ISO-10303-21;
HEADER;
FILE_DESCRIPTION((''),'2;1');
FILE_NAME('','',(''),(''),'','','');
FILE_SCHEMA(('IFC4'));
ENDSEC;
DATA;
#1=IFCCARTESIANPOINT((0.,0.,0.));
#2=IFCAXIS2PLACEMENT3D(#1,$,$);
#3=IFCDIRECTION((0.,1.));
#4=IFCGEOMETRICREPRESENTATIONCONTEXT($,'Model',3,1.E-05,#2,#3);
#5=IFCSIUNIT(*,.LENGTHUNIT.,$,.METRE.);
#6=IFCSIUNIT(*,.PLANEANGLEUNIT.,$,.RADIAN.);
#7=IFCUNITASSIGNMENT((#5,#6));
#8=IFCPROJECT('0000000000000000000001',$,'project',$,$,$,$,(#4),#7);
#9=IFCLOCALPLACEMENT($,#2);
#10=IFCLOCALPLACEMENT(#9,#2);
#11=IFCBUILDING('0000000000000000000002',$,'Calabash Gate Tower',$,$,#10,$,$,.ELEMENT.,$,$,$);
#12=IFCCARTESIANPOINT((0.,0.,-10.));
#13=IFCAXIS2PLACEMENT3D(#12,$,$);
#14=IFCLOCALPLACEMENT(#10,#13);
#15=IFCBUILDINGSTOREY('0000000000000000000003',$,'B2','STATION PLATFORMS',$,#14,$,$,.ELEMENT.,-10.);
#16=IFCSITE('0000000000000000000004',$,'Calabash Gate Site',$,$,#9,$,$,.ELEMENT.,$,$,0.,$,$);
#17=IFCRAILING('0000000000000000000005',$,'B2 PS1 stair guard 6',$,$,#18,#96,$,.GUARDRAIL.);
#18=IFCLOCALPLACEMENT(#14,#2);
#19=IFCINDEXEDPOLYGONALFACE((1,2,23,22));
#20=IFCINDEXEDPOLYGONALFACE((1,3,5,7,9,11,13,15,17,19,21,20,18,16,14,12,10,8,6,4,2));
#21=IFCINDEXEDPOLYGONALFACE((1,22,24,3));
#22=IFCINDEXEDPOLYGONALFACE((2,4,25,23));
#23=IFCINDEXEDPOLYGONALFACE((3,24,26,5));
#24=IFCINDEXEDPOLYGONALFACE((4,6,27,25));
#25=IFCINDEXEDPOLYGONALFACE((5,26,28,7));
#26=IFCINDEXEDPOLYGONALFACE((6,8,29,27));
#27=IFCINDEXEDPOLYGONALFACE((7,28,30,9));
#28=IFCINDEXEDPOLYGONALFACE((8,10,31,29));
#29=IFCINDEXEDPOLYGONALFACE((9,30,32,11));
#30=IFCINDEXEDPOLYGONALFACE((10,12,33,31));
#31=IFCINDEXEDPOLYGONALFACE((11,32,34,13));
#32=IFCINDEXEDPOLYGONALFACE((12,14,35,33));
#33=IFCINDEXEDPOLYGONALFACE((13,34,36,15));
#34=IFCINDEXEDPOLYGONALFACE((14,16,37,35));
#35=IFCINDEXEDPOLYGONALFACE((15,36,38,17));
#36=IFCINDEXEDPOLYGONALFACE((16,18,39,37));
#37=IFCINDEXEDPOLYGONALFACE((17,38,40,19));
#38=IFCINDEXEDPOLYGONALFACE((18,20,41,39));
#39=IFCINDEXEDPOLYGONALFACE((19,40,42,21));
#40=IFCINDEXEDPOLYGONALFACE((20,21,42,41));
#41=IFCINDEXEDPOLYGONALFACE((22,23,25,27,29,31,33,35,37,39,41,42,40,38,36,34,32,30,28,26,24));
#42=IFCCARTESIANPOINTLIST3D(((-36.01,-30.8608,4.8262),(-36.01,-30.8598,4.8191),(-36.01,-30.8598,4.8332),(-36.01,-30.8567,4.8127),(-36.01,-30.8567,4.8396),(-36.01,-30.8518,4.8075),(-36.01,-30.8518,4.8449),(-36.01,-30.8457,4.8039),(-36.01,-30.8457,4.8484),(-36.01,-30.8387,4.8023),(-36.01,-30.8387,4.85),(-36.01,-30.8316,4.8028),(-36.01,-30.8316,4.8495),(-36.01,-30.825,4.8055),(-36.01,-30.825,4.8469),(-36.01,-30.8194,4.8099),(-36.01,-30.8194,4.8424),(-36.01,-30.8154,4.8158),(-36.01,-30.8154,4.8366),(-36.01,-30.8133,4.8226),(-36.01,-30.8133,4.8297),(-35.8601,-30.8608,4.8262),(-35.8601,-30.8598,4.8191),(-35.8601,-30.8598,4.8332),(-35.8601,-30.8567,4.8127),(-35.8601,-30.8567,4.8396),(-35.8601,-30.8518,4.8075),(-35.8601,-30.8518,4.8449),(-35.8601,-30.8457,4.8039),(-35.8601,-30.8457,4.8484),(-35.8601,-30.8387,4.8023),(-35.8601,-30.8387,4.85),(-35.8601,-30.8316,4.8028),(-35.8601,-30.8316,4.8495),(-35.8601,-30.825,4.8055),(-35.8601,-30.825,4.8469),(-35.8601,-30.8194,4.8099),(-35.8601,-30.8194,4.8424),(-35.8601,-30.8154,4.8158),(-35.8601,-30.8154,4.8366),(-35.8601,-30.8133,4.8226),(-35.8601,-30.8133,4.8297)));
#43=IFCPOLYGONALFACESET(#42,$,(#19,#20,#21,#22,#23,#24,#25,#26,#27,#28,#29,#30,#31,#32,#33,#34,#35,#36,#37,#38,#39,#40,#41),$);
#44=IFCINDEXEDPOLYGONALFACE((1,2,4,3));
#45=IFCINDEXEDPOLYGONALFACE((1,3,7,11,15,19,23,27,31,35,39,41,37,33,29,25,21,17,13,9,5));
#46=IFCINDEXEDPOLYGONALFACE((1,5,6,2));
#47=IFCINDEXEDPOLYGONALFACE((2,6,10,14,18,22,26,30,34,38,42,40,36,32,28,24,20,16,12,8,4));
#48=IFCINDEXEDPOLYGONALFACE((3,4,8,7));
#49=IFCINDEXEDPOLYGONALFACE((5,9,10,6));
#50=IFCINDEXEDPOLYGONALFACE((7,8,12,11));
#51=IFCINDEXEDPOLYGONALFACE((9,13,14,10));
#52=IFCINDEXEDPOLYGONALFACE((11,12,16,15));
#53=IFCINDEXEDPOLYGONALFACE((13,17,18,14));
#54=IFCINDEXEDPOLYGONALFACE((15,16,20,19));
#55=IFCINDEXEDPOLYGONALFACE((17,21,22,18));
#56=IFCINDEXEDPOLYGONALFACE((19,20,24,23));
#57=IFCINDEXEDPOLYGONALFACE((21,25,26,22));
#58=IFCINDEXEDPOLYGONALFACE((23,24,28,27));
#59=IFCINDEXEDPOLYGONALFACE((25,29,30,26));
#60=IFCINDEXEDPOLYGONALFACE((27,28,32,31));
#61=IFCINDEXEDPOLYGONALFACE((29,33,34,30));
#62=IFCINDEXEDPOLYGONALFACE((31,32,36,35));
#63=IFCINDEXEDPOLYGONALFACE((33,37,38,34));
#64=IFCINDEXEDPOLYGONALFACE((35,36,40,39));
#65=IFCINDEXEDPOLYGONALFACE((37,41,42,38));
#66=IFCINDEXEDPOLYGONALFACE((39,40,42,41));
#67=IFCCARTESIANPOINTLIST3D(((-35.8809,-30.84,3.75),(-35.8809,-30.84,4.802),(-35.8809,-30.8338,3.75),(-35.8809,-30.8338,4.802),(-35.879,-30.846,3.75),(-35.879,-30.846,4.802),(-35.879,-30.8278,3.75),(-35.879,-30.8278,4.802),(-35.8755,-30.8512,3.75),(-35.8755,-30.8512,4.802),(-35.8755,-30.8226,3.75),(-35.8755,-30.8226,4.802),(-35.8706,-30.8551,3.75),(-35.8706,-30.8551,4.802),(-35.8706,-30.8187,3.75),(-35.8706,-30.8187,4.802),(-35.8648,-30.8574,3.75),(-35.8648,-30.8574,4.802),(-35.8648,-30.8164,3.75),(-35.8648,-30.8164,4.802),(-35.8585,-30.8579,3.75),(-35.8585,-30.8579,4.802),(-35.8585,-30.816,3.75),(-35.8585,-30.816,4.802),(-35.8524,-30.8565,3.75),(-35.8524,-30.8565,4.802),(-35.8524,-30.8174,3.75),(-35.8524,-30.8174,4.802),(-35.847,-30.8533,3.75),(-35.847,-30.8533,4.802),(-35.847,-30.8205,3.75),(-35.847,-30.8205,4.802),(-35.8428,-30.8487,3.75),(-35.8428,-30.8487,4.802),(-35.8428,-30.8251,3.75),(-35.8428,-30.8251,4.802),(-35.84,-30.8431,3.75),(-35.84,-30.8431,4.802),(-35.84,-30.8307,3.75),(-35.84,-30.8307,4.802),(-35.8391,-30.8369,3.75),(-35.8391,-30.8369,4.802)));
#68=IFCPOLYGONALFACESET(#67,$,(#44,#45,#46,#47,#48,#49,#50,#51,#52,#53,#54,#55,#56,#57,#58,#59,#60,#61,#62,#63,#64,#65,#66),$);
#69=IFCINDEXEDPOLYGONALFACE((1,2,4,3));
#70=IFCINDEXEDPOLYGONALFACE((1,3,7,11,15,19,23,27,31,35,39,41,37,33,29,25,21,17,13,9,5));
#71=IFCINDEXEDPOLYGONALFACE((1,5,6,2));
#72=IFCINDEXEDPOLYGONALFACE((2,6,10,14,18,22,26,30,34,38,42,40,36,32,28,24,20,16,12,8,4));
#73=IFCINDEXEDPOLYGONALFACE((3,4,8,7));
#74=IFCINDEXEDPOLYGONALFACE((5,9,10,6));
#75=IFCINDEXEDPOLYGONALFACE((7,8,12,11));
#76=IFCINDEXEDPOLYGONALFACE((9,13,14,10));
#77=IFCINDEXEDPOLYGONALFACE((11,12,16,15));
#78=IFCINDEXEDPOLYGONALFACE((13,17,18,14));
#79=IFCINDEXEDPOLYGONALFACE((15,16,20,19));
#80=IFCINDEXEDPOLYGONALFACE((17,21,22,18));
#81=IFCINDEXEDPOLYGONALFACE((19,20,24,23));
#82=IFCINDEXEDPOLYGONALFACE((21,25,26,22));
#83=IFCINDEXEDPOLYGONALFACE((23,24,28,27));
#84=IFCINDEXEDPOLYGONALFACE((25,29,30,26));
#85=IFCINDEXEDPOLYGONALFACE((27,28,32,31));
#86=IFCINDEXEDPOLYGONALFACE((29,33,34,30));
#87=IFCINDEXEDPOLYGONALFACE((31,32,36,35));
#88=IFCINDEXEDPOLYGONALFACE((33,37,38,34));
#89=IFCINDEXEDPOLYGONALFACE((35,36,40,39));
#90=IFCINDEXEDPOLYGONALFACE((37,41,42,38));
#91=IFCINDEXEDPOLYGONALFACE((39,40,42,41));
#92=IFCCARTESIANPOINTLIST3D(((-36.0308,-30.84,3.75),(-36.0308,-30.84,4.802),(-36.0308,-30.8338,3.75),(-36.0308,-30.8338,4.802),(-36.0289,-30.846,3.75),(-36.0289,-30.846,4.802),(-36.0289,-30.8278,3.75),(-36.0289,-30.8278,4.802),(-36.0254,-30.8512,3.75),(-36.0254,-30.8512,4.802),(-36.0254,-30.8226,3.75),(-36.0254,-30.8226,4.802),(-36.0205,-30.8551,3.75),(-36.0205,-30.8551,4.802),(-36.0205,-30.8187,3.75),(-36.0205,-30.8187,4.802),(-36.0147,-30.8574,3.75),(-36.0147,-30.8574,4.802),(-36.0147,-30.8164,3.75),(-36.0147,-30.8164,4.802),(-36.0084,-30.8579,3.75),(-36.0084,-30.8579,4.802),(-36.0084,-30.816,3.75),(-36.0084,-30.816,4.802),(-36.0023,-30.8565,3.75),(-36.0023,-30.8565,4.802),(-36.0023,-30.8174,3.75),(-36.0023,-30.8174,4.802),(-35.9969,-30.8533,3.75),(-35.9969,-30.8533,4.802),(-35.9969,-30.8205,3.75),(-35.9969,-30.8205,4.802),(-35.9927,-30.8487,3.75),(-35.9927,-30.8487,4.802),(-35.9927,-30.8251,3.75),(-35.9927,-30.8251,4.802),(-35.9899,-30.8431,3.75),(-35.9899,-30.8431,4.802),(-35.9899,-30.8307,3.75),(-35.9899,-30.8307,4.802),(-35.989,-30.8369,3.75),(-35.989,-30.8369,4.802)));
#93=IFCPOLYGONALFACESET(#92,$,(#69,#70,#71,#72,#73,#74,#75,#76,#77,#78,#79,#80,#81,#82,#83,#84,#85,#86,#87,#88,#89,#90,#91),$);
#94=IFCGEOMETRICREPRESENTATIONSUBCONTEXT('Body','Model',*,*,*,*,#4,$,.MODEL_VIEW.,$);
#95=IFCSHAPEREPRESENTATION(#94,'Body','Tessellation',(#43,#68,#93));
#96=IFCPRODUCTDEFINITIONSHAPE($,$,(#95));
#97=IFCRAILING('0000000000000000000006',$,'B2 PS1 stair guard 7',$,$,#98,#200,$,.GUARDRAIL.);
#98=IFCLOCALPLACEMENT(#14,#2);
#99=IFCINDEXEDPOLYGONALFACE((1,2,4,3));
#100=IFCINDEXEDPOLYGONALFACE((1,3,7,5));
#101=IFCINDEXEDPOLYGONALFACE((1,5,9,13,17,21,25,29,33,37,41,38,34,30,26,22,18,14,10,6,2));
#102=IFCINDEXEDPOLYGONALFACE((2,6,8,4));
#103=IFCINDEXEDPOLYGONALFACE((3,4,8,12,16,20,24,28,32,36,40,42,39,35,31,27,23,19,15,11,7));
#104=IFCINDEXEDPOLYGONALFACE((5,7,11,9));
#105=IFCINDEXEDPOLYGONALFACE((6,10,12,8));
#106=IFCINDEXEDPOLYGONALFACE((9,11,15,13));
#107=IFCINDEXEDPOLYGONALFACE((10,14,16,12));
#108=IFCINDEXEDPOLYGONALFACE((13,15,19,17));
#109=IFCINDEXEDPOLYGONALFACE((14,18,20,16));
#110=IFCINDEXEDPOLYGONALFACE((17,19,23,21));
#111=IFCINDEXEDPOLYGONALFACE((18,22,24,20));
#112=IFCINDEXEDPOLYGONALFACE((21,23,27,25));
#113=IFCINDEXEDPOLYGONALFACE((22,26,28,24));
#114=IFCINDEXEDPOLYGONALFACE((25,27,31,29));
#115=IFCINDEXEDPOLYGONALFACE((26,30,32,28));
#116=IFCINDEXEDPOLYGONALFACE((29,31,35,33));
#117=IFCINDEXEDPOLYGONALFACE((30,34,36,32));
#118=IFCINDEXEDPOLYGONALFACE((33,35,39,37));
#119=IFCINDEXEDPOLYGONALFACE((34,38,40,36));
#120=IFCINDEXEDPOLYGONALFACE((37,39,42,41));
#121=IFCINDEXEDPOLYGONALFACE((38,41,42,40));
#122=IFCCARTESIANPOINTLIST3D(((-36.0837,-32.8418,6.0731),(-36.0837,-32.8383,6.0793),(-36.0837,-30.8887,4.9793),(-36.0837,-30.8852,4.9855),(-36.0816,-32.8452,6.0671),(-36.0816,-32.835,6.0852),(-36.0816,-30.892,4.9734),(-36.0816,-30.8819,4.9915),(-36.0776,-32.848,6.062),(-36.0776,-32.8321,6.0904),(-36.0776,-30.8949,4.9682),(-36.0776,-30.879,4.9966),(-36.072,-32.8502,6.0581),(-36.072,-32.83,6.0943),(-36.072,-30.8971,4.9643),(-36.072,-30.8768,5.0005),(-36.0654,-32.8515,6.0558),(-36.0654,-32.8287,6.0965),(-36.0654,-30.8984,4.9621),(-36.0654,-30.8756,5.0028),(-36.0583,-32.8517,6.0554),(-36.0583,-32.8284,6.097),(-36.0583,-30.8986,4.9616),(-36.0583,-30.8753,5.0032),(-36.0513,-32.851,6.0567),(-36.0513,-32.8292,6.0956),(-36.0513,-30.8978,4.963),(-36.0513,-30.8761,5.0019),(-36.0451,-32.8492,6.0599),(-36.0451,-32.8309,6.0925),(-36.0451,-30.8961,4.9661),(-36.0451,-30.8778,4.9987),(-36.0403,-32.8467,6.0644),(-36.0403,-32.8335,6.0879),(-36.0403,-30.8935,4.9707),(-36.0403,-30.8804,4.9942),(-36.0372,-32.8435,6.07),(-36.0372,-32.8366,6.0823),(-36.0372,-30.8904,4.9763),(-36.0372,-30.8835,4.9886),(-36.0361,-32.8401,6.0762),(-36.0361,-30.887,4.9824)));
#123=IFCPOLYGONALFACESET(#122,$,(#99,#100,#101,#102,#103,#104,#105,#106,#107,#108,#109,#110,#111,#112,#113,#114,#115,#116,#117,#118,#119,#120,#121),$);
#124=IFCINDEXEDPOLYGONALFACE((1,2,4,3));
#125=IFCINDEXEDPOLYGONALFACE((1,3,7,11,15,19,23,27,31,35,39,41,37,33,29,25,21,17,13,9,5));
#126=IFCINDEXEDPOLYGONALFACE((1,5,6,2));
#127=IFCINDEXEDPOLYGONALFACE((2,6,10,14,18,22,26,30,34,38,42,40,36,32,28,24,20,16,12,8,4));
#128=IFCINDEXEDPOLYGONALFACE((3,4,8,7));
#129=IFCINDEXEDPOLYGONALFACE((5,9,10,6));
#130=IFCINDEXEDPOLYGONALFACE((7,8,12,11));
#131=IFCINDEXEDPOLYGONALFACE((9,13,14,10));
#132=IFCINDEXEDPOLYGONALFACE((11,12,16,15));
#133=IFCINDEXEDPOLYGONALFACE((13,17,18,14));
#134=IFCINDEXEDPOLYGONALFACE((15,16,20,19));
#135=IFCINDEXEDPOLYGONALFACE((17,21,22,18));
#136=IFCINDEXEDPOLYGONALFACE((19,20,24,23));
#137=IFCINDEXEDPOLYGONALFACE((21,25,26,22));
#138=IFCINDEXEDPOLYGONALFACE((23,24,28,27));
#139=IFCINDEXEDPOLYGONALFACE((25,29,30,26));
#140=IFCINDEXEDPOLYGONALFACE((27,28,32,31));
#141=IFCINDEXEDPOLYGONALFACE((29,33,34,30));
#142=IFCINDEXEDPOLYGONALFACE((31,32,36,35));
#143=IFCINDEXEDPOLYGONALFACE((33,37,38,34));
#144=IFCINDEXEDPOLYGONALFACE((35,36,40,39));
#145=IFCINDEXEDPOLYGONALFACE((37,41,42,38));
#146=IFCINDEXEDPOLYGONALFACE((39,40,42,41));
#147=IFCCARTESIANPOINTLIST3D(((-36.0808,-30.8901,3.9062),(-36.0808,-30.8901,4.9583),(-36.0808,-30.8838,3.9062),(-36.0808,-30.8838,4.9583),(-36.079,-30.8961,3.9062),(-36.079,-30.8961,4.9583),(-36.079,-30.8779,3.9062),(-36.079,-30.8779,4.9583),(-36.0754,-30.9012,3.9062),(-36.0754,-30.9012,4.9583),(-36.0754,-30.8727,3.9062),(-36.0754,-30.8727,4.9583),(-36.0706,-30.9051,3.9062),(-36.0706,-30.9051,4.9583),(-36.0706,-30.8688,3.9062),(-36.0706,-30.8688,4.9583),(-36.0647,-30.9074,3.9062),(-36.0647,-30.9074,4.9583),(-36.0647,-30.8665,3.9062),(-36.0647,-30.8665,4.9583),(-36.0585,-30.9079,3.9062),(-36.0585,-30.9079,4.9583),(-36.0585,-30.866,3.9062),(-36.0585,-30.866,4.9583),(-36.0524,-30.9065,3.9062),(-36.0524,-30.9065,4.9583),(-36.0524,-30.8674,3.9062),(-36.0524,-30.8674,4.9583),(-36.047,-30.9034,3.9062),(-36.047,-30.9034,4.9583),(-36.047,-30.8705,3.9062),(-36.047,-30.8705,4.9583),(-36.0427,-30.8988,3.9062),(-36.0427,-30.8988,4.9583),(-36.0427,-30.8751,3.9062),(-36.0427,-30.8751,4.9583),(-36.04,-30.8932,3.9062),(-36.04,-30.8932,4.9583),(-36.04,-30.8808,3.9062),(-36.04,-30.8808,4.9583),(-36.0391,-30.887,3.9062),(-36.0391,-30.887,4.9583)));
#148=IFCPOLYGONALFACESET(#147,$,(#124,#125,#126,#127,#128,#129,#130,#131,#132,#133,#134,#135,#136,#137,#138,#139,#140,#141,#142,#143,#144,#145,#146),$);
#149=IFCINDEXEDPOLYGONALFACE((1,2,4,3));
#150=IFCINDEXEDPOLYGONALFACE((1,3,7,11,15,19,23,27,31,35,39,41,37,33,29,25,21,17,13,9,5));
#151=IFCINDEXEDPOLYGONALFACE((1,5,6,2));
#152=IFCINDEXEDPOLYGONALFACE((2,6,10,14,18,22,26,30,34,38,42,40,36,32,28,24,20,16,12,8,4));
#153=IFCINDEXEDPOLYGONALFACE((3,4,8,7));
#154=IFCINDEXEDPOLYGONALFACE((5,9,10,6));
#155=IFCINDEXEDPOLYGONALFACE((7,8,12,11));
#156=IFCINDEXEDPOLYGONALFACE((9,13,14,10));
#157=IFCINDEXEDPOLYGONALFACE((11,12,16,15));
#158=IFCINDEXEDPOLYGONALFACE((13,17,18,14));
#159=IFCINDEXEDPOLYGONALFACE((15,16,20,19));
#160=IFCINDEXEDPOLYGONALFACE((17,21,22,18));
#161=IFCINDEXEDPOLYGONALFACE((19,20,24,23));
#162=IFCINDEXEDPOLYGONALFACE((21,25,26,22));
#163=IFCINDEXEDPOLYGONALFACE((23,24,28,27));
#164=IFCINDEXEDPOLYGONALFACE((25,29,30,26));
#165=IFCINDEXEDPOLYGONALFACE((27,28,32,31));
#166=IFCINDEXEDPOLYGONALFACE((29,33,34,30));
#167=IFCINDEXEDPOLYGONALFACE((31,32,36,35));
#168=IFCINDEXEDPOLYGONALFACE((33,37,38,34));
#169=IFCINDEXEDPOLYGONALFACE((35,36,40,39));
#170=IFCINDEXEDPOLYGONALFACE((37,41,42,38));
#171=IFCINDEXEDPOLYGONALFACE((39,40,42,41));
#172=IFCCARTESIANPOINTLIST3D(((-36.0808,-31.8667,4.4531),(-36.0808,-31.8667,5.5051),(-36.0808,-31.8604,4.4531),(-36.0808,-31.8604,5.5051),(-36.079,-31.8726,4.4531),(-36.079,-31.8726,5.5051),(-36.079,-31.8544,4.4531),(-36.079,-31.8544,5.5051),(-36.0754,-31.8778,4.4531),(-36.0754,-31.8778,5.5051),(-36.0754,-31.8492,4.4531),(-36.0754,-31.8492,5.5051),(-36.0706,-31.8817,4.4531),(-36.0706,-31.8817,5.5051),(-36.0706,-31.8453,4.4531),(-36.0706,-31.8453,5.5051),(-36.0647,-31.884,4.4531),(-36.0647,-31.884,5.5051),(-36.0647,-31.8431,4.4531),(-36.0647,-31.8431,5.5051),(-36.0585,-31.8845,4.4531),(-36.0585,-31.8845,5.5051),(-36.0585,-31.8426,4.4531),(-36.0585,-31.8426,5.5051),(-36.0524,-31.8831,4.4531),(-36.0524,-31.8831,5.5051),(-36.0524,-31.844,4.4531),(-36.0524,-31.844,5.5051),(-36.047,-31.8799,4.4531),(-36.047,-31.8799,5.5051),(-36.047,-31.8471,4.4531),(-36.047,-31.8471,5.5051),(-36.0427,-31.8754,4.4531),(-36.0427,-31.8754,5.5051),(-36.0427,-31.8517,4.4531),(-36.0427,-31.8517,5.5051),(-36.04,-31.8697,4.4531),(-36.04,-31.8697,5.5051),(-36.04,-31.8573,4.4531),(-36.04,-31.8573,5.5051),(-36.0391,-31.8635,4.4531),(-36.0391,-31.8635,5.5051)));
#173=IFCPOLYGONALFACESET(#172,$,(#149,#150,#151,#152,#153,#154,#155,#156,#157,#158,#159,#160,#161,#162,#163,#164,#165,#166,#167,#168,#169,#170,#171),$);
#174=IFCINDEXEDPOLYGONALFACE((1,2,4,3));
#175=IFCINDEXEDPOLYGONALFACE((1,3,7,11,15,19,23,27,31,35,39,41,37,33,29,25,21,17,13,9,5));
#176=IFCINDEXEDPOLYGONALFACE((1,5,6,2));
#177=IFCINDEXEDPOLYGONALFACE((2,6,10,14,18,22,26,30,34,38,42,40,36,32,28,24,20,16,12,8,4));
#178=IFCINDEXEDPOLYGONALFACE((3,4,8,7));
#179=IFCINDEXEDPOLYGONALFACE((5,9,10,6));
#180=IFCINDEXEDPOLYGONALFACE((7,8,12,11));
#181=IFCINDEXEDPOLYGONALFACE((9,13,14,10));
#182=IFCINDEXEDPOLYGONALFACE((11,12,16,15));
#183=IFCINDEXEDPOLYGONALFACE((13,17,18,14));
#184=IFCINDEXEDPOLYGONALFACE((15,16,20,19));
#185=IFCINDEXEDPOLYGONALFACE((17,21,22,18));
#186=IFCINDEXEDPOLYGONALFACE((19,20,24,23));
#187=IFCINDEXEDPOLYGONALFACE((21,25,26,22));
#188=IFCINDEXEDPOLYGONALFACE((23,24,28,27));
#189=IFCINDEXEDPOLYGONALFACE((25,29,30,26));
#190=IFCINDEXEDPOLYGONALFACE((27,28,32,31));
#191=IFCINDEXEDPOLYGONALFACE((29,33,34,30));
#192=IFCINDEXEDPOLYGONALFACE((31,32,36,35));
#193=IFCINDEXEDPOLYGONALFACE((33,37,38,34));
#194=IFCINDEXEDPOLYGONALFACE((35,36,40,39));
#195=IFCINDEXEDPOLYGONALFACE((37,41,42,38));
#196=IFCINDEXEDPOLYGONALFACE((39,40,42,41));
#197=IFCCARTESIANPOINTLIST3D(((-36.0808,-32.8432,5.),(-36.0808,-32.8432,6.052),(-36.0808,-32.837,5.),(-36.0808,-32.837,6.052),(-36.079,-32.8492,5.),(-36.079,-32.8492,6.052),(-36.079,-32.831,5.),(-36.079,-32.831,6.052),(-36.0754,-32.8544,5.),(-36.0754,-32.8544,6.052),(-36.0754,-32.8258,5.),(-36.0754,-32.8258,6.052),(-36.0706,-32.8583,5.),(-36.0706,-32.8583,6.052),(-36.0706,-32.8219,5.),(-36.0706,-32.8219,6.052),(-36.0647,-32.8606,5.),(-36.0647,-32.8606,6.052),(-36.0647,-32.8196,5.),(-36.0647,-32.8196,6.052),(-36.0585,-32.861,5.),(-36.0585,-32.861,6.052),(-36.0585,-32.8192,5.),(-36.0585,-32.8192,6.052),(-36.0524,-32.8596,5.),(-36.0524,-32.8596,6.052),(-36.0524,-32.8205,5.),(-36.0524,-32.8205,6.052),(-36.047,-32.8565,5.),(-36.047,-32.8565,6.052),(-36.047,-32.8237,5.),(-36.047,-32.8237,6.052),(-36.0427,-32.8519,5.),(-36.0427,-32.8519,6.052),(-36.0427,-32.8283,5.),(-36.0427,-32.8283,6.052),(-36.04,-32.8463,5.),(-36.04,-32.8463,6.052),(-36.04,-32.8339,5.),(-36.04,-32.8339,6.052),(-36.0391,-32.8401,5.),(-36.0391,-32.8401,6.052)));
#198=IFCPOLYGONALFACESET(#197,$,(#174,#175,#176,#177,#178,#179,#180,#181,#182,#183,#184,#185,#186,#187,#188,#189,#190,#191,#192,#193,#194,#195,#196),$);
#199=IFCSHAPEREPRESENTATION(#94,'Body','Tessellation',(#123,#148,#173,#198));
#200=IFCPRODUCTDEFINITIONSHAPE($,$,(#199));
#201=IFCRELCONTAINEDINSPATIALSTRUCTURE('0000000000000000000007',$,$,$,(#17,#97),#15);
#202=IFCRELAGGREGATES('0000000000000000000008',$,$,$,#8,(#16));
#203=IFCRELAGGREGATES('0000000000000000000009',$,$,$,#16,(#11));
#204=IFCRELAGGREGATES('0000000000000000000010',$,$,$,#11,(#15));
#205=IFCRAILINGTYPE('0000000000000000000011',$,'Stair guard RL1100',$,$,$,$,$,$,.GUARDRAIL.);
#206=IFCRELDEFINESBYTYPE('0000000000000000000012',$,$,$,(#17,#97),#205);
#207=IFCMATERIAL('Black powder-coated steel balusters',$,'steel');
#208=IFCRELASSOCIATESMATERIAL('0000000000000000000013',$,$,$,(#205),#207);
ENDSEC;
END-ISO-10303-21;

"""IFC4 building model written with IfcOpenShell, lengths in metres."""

from ifc_helpers import new_model, si_unit, direction, frame, origin, origin_2d, place, context, subcontext, project, spatial, circle, extrude, material, type_object, element, save


model = new_model("IFC4")

# Units and contexts
model_context = context("Model", 3, precision=1e-05, world=origin(), true_north=direction((0.0, 1.0)))
body_context = subcontext(model_context, "Body", "Model", "MODEL_VIEW")
ifc_project = project(units=[si_unit("LENGTHUNIT", "METRE"), si_unit("PLANEANGLEUNIT", "RADIAN")], contexts=[model_context])

# Site, building, storey
site_placement = place(None, origin())
site = spatial("IfcSite", under=ifc_project, at=site_placement, Name="Calabash Gate Site", CompositionType="ELEMENT", RefElevation=0.0)
building_placement = place(site_placement, origin())
building = spatial("IfcBuilding", under=site, at=building_placement, Name="Calabash Gate Tower", CompositionType="ELEMENT")
storey_placement = place(building_placement, frame((0.0, 0.0, -10.0)))
storey = spatial("IfcBuildingStorey", under=building, at=storey_placement, Name="B2", Description="STATION PLATFORMS", CompositionType="ELEMENT", Elevation=-10.0)

# Railings
ifc_material_1 = material(Name="Black powder-coated steel balusters", Category="steel")
railing_type_1 = type_object("IfcRailingType", Name="Stair guard RL1100", PredefinedType="GUARDRAIL", material=ifc_material_1)
for number, where, name in (
    (1, (-35.8601, -30.8369, 3.75), "B2 PS1 stair guard 6"),
):
    element("IfcRailing", number, at=place(storey_placement, frame(where)), inside=storey, type_object=railing_type_1, Name=name, PredefinedType="GUARDRAIL", context=body_context, shape_type="SweptSolid", body=[
        extrude(circle(Radius=0.0239, at=origin_2d()), frame((0.0, 0.0, 1.0762), z_axis=(-1.0, 0.0, 0.0), x_axis=(0.0, -1.0, 0.0)), (0.0, 0.0, 1.0), 0.1499),
        extrude(circle(Radius=0.021, at=origin_2d()), origin(), (0.0, 0.0, 1.0), 1.052),
        extrude(circle(Radius=0.021, at=origin_2d()), frame((-0.1499, 0.0, 0.0)), (0.0, 0.0, 1.0), 1.052),
    ])
railing_1_placement = place(storey_placement, frame((-36.0601, -30.887, 3.9062)))
element("IfcRailing", 2, at=railing_1_placement, inside=storey, type_object=railing_type_1, Name="B2 PS1 stair guard 7", PredefinedType="GUARDRAIL", context=body_context, shape_type="SweptSolid", body=[
    extrude(circle(Radius=0.0239, at=origin_2d()), frame((0.0, 0.0, 1.0762), z_axis=(0.0, -0.872506, 0.488603), x_axis=(1.0, 0.0, 0.0)), (0.0, 0.0, 1.0), 2.2385),
    extrude(circle(Radius=0.021, at=origin_2d()), origin(), (0.0, 0.0, 1.0), 1.052),
    extrude(circle(Radius=0.021, at=origin_2d()), frame((0.0, -0.9766, 0.5469)), (0.0, 0.0, 1.0), 1.052),
    extrude(circle(Radius=0.021, at=origin_2d()), frame((0.0, -1.9531, 1.0938)), (0.0, 0.0, 1.0), 1.052),
])

save(model, "model.ifc")
